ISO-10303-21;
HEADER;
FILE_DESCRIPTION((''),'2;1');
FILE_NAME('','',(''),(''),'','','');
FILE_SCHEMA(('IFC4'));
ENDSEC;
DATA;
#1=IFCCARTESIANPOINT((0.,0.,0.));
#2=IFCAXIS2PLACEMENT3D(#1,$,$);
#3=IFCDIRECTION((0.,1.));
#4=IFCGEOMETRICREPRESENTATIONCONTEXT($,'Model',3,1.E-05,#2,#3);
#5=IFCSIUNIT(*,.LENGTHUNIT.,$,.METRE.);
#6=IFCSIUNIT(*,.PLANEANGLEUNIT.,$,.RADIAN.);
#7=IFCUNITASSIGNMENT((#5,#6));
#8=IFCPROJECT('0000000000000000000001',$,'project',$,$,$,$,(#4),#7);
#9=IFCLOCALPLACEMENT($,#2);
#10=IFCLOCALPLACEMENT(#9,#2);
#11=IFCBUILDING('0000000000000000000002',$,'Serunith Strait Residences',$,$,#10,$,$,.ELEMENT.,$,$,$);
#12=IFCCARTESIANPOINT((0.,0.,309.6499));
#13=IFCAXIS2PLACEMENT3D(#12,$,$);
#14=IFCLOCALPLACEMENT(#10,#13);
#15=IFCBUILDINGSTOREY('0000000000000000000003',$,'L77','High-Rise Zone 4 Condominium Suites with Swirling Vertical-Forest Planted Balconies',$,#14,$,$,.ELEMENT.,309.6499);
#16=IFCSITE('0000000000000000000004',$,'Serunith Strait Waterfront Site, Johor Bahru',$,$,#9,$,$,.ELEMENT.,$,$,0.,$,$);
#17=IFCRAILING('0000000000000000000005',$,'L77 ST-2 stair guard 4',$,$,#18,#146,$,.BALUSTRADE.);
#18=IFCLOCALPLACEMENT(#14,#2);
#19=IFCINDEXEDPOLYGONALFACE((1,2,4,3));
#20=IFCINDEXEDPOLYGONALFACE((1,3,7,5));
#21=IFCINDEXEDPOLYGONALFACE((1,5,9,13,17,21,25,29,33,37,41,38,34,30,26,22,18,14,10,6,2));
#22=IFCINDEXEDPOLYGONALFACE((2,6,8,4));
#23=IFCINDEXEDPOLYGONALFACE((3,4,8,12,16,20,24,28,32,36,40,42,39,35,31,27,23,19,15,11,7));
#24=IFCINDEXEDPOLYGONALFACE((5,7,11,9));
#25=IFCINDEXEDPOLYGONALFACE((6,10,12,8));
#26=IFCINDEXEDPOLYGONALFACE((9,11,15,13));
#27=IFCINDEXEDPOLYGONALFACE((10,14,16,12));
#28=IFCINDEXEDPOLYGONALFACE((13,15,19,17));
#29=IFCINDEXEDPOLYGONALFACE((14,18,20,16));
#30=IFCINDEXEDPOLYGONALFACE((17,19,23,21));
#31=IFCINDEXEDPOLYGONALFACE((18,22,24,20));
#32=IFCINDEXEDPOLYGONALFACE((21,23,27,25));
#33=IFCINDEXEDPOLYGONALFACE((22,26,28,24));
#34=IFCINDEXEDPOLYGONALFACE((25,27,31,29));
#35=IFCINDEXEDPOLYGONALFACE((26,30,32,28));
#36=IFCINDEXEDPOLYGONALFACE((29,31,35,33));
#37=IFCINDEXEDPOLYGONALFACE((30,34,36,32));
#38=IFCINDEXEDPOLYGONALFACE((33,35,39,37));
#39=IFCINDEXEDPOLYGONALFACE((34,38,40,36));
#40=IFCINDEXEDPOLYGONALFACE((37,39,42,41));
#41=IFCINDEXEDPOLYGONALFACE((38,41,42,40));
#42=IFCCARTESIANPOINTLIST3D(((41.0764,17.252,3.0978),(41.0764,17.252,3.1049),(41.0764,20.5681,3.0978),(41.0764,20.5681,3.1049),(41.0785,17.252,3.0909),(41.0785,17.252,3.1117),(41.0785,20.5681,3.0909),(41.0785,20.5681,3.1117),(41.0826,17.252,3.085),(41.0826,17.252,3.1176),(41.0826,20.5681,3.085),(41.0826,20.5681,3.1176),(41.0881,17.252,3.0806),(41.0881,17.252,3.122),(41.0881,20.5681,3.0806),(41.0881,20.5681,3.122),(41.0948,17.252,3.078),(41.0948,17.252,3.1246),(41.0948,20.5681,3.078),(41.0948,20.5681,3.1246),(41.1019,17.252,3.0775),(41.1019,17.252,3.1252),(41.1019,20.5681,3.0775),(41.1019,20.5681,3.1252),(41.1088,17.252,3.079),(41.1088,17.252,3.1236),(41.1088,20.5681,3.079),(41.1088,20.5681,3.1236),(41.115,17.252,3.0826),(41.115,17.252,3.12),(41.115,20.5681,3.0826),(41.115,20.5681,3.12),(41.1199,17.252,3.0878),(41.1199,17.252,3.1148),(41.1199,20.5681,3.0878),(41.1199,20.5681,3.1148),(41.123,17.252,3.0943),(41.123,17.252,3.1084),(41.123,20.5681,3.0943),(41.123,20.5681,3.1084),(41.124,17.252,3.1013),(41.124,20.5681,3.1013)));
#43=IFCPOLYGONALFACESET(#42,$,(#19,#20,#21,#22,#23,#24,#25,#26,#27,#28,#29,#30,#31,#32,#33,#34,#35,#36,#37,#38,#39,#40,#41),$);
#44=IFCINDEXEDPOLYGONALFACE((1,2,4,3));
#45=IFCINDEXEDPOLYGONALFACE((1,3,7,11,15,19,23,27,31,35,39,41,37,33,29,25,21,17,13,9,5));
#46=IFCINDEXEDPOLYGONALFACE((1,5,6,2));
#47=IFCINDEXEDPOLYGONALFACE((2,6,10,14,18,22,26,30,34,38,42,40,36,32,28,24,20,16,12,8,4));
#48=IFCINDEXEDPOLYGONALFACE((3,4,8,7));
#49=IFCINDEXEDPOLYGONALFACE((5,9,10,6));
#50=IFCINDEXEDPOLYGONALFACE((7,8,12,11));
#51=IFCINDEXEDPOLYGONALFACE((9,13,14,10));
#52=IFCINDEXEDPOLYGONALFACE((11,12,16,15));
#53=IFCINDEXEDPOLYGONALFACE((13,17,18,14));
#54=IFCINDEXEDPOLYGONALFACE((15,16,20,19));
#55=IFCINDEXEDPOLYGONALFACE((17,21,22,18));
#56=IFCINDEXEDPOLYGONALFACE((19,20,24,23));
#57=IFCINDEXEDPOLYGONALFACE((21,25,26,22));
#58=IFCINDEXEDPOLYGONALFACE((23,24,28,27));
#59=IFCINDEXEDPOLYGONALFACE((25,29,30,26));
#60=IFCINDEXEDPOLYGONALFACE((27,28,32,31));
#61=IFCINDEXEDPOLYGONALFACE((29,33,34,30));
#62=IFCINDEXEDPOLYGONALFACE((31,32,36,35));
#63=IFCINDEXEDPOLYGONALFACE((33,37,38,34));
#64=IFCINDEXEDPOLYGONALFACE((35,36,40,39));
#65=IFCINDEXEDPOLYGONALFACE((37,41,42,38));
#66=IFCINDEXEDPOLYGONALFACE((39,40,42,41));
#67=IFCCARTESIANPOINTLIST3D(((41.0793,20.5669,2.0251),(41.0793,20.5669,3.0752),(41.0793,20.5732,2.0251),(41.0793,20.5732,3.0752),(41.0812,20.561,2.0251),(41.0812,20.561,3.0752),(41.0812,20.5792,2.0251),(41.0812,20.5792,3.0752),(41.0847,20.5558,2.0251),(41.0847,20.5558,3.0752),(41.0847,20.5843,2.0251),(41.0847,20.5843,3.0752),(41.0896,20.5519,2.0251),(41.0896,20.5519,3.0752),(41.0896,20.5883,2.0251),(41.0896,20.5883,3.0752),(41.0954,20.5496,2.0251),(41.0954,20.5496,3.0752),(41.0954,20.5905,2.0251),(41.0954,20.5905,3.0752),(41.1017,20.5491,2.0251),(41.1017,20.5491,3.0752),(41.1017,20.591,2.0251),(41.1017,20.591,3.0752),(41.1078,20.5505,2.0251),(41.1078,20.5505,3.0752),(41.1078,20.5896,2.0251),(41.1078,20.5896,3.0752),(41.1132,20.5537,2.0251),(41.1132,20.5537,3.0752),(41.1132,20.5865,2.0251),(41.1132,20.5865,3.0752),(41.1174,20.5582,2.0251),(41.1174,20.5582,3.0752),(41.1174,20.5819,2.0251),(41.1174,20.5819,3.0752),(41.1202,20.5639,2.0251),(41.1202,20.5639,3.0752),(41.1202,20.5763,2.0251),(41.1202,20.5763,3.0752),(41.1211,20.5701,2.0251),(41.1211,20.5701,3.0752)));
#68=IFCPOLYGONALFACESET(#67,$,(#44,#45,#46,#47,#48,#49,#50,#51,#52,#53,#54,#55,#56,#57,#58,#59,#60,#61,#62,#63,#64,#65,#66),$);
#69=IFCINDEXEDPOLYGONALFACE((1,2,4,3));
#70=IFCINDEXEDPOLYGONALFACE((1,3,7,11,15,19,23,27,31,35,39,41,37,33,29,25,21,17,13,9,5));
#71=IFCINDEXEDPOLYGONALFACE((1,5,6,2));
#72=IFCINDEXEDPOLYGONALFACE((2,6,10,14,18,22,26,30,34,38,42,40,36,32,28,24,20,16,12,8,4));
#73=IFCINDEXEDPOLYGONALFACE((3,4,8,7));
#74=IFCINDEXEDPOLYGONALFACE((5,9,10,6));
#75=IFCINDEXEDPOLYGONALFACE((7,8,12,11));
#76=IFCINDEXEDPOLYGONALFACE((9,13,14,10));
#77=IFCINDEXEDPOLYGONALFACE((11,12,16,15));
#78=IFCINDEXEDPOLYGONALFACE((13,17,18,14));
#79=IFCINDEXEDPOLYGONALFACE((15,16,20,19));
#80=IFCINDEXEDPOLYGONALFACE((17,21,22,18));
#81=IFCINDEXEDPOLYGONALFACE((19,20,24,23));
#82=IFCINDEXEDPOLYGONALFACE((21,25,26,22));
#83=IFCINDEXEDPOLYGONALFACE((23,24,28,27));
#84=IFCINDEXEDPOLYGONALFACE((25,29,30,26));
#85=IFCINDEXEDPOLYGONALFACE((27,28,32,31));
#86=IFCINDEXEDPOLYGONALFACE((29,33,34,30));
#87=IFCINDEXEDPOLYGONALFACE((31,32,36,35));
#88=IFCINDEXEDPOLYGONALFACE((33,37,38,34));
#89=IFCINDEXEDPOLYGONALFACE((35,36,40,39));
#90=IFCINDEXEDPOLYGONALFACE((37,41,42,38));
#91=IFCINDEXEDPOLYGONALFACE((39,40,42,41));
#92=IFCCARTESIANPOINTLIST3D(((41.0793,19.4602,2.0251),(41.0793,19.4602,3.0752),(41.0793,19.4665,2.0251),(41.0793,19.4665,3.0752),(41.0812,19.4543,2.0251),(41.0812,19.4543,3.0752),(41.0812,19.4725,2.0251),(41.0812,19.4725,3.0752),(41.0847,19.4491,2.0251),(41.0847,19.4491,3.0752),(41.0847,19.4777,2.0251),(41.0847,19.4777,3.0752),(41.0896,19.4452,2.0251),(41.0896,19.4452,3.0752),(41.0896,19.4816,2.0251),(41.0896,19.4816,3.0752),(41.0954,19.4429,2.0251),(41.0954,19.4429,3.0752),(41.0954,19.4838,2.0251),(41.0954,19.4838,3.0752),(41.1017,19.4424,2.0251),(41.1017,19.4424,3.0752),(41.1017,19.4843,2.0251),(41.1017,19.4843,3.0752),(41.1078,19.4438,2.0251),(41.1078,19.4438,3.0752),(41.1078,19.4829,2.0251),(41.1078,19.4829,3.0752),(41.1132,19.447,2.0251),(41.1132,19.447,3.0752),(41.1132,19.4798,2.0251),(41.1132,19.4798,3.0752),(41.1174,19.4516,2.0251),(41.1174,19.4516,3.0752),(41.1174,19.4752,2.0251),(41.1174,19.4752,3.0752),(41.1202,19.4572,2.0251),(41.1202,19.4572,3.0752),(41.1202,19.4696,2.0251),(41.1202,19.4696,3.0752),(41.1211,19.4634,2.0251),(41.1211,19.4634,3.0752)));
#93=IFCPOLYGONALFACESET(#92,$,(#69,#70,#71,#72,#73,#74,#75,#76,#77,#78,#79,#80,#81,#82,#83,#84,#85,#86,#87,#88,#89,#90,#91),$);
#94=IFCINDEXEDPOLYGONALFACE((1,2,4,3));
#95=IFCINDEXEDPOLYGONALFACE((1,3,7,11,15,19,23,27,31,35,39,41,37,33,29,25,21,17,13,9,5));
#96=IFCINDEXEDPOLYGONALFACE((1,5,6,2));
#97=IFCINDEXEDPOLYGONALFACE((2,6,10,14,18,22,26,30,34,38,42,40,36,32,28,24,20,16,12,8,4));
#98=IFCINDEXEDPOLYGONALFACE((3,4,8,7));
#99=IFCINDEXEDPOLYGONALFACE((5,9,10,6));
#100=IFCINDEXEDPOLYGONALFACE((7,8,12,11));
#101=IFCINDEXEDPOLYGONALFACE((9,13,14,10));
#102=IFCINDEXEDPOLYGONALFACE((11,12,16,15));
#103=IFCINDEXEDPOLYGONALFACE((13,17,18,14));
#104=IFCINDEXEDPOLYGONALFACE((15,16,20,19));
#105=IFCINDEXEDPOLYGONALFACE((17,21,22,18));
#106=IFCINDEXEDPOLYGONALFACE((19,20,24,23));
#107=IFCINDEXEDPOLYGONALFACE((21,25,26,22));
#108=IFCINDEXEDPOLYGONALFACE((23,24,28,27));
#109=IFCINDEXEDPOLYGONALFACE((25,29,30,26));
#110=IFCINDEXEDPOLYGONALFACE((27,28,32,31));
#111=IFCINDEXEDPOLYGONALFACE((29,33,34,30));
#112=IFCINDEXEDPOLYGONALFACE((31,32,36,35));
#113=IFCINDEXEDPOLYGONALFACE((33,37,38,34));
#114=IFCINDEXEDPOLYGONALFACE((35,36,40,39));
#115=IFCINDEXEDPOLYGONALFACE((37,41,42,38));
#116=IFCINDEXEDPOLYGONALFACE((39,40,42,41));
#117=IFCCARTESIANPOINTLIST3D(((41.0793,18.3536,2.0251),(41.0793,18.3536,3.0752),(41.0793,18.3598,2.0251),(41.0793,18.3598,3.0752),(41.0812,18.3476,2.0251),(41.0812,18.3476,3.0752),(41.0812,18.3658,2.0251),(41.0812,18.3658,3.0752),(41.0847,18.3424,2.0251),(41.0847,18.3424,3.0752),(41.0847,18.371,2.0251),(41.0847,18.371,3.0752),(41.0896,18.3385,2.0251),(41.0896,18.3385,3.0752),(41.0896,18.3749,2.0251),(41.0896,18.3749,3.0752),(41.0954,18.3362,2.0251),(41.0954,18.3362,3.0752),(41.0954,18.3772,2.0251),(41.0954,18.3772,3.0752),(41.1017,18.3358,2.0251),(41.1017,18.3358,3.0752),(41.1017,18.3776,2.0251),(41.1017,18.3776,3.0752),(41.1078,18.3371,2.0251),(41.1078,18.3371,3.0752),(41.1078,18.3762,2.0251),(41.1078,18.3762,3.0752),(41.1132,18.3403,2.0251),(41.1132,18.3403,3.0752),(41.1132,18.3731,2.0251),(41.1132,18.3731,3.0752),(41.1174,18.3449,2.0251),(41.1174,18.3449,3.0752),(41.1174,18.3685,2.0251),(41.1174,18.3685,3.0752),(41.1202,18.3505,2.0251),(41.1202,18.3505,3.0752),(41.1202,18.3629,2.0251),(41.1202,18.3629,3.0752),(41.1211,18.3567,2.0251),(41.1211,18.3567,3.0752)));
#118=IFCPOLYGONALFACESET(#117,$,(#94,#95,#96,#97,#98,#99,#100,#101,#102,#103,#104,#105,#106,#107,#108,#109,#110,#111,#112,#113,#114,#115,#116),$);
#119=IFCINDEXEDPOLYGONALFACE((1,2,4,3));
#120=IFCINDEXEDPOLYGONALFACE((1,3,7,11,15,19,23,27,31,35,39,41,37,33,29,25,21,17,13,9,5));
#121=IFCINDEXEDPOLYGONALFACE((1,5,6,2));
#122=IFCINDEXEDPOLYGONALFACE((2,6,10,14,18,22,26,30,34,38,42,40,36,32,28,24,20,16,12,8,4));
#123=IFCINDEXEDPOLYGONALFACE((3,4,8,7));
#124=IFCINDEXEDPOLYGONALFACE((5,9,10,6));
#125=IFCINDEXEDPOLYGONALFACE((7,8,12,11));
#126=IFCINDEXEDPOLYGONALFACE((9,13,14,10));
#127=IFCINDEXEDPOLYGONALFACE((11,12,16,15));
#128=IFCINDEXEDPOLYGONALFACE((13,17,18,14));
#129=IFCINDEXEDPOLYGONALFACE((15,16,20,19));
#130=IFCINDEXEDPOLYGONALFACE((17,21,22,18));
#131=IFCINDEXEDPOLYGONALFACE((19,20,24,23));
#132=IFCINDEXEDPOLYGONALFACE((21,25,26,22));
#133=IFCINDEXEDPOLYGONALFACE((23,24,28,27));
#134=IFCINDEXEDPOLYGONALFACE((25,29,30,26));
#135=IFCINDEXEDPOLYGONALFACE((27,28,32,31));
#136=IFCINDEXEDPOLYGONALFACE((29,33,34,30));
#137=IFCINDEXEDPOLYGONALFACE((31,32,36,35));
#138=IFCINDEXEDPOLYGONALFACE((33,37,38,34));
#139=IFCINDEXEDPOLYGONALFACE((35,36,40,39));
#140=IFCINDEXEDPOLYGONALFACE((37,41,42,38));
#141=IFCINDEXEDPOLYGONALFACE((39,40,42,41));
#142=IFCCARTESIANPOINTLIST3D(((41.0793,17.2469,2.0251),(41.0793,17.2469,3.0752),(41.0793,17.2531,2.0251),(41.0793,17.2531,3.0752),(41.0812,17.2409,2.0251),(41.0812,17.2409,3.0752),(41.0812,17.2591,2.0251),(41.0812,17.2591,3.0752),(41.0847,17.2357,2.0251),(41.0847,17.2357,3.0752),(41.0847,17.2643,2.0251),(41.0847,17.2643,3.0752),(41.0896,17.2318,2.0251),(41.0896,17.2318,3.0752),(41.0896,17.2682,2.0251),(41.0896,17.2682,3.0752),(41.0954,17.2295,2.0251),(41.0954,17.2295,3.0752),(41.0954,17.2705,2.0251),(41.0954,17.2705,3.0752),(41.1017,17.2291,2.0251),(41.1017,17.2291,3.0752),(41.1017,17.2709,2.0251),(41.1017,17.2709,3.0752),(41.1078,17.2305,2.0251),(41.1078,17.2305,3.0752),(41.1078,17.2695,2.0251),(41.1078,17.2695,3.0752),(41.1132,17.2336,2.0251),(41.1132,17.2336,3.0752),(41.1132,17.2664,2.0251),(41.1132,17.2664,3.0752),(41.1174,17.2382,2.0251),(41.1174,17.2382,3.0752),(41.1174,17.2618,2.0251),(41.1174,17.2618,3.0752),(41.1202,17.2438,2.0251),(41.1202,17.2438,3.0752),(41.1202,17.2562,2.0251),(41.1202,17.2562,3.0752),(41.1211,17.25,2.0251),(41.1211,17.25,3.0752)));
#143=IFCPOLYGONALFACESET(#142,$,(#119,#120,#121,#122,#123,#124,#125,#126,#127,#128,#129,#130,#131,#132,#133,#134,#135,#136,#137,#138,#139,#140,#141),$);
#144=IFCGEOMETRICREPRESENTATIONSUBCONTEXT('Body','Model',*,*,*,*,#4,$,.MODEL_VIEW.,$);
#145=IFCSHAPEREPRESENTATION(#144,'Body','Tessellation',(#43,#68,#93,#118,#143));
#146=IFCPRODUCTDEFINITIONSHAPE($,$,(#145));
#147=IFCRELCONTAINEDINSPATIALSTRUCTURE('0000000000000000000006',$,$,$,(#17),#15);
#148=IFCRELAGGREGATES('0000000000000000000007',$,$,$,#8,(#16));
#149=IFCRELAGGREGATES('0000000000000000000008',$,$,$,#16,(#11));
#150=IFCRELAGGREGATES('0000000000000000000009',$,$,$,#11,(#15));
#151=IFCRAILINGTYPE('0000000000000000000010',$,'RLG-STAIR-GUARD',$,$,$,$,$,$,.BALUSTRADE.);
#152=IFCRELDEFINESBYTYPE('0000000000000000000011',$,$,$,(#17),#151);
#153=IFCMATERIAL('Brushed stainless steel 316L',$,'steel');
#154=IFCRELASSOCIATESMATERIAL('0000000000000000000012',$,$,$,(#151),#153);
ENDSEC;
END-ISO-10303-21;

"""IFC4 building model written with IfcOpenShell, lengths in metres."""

from ifc_helpers import new_model, si_unit, direction, frame, origin, origin_2d, place, context, subcontext, project, spatial, circle, extrude, material, type_object, element, save


model = new_model("IFC4")

# Units and contexts
model_context = context("Model", 3, precision=1e-05, world=origin(), true_north=direction((0.0, 1.0)))
body_context = subcontext(model_context, "Body", "Model", "MODEL_VIEW")
ifc_project = project(units=[si_unit("LENGTHUNIT", "METRE"), si_unit("PLANEANGLEUNIT", "RADIAN")], contexts=[model_context])

# Site, building, storey
site_placement = place(None, origin())
site = spatial("IfcSite", under=ifc_project, at=site_placement, Name="Serunith Strait Waterfront Site, Johor Bahru", CompositionType="ELEMENT", RefElevation=0.0)
building_placement = place(site_placement, origin())
building = spatial("IfcBuilding", under=site, at=building_placement, Name="Serunith Strait Residences", CompositionType="ELEMENT")
storey_placement = place(building_placement, frame((0.0, 0.0, 309.6499)))
storey = spatial("IfcBuildingStorey", under=building, at=storey_placement, Name="L77", Description="High-Rise Zone 4 Condominium Suites with Swirling Vertical-Forest Planted Balconies", CompositionType="ELEMENT", Elevation=309.6499)

# Railing
ifc_material_1 = material(Name="Brushed stainless steel 316L", Category="steel")
railing_type_1 = type_object("IfcRailingType", Name="RLG-STAIR-GUARD", PredefinedType="BALUSTRADE", material=ifc_material_1)
for number, where, name in (
    (1, (41.1001, 20.5701, 2.0251), "L77 ST-2 stair guard 4"),
):
    element("IfcRailing", number, at=place(storey_placement, frame(where)), inside=storey, type_object=railing_type_1, Name=name, PredefinedType="BALUSTRADE", context=body_context, shape_type="SweptSolid", body=[
        extrude(circle(Radius=0.0239, at=origin_2d()), frame((0.0, -0.002, 1.0762), z_axis=(0.0, -1.0, 0.0), x_axis=(1.0, 0.0, 0.0)), (0.0, 0.0, 1.0), 3.3162),
        extrude(circle(Radius=0.021, at=origin_2d()), origin(), (0.0, 0.0, 1.0), 1.05),
        extrude(circle(Radius=0.021, at=origin_2d()), frame((0.0, -1.1067, 0.0)), (0.0, 0.0, 1.0), 1.05),
        extrude(circle(Radius=0.021, at=origin_2d()), frame((0.0, -2.2134, 0.0)), (0.0, 0.0, 1.0), 1.05),
        extrude(circle(Radius=0.021, at=origin_2d()), frame((0.0, -3.3201, 0.0)), (0.0, 0.0, 1.0), 1.05),
    ])

save(model, "model.ifc")
